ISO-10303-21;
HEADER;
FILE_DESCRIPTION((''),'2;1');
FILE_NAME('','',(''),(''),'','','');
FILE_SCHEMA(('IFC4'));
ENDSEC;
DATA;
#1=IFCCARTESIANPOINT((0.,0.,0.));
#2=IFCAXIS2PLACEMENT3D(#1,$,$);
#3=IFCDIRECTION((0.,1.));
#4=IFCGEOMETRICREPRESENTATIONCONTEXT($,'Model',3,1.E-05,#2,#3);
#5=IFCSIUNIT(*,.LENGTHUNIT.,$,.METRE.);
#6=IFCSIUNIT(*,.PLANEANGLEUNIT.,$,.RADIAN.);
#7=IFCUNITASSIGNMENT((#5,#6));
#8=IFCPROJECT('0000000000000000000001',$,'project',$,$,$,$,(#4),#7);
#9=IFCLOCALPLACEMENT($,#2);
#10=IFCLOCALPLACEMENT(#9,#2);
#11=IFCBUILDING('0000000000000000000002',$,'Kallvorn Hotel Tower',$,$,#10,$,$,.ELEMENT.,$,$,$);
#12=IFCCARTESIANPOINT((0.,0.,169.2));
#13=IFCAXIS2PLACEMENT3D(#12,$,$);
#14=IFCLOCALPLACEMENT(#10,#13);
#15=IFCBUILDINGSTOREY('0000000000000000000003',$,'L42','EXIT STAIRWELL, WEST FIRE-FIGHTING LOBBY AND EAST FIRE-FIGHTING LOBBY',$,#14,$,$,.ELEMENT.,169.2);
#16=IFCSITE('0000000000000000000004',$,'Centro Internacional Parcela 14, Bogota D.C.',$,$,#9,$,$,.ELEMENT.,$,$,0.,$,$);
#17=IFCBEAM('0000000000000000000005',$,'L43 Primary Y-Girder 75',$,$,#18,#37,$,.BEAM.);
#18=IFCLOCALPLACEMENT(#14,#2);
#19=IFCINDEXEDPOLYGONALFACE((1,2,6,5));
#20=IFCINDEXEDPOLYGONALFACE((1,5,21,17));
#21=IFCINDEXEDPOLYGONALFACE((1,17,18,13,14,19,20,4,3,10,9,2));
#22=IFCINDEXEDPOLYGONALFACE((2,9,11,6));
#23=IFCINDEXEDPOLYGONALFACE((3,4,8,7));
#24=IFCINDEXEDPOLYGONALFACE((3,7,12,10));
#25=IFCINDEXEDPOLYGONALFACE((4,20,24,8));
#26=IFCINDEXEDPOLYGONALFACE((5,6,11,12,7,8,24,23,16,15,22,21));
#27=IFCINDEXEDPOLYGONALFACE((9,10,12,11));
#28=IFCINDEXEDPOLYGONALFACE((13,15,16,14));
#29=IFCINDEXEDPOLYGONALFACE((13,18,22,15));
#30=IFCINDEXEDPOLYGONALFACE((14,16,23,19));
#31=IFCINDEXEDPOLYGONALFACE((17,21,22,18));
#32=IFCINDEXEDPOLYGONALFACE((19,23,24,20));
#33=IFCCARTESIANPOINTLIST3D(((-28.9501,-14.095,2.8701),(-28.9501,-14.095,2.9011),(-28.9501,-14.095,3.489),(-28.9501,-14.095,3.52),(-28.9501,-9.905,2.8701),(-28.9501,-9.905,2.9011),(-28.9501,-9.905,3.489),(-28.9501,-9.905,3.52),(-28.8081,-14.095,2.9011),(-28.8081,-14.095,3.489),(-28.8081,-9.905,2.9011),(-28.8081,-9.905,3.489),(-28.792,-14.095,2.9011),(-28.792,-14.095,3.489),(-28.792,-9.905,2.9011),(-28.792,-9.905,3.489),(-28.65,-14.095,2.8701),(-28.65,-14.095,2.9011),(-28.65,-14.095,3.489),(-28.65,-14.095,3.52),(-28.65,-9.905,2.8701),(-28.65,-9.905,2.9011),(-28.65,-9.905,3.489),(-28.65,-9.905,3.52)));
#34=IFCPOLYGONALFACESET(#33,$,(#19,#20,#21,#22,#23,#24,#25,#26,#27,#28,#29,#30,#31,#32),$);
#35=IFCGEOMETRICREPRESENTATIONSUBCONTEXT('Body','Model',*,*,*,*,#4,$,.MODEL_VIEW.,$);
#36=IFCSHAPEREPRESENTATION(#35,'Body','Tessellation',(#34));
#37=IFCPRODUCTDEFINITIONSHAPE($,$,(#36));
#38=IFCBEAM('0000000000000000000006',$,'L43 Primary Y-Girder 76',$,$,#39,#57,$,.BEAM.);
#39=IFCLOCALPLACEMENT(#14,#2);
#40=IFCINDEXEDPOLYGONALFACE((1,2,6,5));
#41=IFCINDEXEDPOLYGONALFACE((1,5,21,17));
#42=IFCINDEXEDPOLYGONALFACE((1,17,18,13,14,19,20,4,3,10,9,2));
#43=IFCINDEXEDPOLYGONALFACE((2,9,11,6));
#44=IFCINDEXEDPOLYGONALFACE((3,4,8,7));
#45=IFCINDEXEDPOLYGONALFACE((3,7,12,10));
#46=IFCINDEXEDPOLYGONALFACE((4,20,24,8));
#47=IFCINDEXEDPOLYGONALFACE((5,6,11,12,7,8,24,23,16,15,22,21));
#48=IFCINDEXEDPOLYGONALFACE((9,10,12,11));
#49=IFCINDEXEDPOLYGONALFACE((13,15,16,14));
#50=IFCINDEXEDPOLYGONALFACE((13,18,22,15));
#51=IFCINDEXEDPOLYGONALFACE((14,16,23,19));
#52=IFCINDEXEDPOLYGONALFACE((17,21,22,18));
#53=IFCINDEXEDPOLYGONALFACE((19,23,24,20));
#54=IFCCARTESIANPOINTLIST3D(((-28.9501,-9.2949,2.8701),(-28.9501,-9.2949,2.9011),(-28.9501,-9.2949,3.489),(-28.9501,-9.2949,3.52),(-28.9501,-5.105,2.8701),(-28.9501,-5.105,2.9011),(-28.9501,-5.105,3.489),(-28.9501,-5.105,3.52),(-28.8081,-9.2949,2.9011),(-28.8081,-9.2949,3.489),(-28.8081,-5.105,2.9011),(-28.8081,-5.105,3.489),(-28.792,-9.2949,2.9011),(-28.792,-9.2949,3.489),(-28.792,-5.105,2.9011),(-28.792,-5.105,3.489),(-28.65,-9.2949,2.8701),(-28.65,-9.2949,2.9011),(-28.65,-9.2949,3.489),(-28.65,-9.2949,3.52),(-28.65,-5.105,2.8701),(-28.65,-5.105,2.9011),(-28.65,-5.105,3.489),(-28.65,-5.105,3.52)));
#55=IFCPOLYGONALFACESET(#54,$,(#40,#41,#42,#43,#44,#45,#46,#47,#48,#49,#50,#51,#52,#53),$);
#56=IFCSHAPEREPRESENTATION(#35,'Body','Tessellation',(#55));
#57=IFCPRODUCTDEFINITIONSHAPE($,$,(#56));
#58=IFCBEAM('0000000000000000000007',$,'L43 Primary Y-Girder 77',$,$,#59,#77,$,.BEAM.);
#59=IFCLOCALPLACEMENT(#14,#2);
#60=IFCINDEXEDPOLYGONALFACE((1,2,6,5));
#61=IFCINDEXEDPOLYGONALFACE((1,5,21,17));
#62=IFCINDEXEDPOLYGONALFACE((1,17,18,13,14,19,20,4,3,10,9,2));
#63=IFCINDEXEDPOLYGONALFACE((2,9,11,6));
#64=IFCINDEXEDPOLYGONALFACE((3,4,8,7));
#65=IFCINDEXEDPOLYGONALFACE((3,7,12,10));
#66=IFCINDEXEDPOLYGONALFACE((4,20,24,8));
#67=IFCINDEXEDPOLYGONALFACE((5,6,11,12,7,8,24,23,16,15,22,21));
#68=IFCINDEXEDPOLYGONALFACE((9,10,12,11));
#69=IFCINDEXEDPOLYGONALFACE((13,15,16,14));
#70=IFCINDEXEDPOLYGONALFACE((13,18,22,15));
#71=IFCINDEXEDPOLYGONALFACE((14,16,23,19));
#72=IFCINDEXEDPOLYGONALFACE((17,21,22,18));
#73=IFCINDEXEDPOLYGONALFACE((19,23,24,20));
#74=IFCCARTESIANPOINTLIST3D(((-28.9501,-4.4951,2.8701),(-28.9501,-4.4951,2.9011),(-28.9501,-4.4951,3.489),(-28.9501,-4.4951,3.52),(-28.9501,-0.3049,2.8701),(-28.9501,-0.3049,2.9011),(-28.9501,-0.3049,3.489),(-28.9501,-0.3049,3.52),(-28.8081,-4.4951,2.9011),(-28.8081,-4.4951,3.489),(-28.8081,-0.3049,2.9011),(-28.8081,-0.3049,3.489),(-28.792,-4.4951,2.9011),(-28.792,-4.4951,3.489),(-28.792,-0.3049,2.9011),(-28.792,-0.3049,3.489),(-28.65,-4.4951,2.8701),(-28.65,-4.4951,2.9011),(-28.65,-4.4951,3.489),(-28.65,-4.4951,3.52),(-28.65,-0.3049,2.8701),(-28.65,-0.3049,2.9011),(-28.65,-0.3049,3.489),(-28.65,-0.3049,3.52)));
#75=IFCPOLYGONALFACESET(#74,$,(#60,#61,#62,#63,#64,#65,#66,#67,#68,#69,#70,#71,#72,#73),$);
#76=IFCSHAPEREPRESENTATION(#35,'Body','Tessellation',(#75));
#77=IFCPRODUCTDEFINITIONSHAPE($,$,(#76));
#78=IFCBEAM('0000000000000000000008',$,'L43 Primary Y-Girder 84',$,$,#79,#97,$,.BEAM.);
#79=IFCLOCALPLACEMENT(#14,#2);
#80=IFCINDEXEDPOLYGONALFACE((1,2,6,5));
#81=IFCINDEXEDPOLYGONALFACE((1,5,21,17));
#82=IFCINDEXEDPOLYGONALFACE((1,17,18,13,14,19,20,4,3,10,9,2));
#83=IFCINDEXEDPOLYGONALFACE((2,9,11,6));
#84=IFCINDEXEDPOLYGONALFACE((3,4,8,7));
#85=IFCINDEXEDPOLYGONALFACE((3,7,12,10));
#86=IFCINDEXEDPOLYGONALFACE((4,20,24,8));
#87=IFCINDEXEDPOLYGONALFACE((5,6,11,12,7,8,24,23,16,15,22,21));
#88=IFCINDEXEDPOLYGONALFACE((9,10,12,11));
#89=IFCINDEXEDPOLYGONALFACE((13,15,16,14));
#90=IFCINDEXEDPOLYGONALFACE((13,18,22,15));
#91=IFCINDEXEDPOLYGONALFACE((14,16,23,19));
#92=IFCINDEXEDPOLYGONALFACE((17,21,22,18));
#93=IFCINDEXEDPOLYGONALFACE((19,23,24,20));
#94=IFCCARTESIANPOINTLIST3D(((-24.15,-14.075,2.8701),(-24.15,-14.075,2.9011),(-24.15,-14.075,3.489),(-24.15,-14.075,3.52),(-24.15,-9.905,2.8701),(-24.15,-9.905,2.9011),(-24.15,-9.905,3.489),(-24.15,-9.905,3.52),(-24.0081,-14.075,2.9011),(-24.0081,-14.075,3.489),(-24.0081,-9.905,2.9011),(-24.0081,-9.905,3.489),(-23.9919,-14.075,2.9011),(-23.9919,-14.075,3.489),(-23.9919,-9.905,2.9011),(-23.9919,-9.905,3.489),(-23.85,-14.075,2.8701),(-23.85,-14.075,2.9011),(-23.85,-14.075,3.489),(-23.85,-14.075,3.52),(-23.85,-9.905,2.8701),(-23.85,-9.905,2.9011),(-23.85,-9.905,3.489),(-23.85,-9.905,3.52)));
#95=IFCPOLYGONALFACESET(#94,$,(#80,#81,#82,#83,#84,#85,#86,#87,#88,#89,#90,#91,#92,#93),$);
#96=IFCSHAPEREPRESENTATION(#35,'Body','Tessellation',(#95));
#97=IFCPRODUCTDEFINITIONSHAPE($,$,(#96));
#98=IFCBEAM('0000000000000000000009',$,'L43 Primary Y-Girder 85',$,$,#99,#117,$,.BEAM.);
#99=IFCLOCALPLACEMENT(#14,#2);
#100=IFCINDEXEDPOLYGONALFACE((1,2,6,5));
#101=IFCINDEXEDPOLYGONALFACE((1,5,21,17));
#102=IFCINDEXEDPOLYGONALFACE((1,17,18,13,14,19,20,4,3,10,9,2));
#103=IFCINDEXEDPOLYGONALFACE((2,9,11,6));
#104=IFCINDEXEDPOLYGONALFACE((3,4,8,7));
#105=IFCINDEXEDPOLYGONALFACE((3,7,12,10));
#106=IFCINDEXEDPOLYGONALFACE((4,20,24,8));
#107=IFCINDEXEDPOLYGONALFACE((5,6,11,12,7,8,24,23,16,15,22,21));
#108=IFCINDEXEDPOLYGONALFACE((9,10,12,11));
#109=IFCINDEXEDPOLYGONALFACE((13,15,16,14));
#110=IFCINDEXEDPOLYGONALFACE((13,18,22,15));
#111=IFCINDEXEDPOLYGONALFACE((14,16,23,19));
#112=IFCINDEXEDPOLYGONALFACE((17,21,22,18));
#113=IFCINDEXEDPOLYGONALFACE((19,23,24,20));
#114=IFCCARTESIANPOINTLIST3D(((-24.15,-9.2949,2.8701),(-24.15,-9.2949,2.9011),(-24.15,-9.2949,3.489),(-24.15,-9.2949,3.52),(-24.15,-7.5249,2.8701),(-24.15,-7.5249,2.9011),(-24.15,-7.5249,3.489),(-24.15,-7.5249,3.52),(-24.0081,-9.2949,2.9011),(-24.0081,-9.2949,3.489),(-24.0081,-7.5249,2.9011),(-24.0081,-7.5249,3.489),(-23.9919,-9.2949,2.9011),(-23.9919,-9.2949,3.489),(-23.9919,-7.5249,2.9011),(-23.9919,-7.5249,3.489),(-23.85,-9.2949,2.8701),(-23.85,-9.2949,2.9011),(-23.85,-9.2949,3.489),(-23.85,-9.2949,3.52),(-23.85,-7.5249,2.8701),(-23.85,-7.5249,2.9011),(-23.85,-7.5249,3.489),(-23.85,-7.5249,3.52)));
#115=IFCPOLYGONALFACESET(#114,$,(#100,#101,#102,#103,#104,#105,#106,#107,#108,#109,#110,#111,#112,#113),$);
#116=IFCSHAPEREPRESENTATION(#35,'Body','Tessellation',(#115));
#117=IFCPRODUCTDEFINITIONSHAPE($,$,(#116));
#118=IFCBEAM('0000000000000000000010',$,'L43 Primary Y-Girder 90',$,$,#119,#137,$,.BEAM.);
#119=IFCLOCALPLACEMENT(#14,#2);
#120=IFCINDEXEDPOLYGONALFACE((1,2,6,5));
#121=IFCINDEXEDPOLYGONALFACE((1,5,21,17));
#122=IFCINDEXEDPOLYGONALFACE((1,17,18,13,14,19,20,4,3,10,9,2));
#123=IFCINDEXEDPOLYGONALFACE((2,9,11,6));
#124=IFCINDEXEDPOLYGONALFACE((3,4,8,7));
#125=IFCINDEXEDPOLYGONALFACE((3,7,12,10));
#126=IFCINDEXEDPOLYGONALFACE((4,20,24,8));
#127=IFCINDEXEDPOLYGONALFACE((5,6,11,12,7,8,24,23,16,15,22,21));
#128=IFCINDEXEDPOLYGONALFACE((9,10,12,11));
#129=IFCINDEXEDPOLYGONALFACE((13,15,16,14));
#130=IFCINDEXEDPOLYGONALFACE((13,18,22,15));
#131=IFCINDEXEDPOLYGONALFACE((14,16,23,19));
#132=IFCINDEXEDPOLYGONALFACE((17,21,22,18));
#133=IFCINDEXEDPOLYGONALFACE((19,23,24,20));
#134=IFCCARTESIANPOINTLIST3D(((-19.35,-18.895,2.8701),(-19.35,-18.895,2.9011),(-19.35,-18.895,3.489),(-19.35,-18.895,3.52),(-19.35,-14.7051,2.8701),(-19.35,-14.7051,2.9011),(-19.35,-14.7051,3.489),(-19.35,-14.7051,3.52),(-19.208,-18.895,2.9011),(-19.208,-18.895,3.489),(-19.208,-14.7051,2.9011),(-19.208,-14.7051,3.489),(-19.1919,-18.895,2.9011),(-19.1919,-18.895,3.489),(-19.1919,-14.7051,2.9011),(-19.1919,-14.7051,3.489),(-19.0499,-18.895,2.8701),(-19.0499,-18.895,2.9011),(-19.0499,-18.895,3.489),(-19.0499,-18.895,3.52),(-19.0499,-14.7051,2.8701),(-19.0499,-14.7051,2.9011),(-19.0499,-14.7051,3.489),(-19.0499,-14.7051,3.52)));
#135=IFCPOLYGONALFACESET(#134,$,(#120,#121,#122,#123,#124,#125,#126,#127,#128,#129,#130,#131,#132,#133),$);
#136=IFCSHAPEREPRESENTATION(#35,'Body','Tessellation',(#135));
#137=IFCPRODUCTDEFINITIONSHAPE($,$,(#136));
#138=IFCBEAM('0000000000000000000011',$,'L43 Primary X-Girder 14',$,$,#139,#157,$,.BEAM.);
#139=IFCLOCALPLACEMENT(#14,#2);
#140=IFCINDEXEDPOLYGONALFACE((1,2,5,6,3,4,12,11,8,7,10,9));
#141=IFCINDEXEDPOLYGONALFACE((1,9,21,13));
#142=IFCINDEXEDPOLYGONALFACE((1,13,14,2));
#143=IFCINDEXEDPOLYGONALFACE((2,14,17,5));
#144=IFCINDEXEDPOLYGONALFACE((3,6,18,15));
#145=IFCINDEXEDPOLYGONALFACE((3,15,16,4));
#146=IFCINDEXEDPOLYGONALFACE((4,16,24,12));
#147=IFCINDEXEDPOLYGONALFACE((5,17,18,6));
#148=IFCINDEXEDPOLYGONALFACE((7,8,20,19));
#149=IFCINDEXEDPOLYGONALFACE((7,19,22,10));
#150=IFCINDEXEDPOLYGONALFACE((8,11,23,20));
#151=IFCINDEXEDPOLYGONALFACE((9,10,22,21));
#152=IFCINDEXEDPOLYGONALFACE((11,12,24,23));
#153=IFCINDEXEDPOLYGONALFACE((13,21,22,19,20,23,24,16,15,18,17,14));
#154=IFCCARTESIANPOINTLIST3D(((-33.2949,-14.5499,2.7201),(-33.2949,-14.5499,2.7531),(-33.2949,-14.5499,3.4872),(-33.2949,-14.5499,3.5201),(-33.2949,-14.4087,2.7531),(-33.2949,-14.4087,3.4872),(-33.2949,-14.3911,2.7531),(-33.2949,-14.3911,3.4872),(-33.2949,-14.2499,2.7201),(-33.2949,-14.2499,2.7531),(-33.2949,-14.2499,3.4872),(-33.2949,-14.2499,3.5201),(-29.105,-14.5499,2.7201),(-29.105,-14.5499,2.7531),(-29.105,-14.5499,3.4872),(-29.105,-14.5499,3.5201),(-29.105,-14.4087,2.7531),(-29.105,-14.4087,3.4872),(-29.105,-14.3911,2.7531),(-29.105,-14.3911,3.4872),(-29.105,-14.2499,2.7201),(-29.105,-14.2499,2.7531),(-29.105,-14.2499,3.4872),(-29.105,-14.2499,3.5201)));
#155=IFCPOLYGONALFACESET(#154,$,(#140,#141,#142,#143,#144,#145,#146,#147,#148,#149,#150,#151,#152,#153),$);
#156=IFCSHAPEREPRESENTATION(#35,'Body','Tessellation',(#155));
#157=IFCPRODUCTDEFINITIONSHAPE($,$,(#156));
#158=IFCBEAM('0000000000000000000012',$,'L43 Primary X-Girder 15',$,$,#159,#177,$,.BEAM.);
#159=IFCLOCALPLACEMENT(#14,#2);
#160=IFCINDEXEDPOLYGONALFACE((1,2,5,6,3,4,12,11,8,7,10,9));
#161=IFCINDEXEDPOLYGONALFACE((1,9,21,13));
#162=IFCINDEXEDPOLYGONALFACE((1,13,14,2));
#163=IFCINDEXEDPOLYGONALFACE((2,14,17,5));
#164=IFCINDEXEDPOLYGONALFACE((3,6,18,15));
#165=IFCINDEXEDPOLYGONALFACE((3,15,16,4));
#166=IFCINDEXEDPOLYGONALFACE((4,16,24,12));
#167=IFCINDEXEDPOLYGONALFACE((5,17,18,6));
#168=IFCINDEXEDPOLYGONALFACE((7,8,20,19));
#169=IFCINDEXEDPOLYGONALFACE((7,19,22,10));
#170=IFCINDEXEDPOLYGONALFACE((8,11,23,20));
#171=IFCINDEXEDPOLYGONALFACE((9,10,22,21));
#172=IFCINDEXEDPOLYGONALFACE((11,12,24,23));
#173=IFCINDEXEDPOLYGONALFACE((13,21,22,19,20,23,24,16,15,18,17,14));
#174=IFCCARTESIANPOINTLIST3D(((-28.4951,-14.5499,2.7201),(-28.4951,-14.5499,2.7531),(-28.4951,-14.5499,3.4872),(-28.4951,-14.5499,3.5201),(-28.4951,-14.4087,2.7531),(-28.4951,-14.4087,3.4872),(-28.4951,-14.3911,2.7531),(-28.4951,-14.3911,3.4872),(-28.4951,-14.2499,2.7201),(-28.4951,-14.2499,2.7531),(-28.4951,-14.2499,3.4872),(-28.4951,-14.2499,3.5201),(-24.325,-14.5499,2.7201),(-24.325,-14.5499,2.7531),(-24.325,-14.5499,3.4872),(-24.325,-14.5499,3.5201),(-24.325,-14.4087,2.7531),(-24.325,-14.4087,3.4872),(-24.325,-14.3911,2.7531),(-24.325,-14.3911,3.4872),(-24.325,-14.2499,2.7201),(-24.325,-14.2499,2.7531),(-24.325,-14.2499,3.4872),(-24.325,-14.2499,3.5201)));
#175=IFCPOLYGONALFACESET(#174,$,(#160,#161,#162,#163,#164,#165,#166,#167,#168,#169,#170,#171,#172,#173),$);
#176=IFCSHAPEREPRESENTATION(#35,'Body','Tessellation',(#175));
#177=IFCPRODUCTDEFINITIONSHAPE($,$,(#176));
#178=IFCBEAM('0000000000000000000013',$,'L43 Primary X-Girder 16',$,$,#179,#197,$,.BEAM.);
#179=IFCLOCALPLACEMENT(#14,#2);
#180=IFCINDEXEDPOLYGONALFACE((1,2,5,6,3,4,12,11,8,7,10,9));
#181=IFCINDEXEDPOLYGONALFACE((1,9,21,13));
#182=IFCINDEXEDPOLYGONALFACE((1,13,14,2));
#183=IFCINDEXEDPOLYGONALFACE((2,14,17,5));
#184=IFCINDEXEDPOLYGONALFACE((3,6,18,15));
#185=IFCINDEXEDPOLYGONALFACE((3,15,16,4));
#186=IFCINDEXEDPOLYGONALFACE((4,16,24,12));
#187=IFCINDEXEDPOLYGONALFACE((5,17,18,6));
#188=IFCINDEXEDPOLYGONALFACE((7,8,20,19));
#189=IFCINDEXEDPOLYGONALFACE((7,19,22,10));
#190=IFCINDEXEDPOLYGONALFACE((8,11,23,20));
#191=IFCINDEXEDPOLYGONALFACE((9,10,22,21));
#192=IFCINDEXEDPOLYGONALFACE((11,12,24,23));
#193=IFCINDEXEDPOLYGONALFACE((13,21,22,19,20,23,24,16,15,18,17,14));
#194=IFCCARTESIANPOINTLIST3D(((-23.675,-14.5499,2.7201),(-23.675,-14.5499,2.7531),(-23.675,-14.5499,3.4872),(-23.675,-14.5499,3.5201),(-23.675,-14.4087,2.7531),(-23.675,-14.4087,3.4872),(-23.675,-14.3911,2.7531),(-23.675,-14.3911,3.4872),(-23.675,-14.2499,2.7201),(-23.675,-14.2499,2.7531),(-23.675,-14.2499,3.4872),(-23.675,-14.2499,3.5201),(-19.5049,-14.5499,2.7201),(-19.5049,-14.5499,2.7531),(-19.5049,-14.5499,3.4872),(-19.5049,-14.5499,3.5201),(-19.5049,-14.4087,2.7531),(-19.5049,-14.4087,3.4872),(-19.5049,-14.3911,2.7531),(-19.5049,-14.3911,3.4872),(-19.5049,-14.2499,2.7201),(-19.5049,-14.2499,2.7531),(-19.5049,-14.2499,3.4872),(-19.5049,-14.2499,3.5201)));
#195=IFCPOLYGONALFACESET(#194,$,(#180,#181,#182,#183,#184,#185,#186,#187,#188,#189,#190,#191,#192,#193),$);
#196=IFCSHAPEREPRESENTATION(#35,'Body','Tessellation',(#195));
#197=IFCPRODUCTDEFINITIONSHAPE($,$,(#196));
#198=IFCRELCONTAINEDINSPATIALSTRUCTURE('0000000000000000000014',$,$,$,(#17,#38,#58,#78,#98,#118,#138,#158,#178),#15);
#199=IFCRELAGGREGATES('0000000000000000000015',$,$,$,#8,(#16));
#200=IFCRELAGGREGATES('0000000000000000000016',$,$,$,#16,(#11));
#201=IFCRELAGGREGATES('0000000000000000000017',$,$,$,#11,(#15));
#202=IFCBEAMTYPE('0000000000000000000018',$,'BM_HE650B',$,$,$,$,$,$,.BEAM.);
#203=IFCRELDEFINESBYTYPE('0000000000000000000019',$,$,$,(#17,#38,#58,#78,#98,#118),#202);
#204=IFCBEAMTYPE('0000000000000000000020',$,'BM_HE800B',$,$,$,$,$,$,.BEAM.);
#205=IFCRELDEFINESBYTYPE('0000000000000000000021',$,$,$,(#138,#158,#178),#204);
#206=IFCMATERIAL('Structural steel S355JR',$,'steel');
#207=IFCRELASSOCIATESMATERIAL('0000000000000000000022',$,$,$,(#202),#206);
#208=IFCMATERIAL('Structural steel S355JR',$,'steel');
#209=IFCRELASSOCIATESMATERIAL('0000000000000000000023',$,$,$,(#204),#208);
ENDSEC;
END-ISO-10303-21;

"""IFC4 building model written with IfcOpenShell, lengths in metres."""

from ifc_helpers import new_model, si_unit, direction, frame, origin, origin_2d, place, context, subcontext, project, spatial, i_section, extrude, material, material_profile, profile_set, type_object, element, save


model = new_model("IFC4")

# Units and contexts
model_context = context("Model", 3, precision=1e-05, world=origin(), true_north=direction((0.0, 1.0)))
body_context = subcontext(model_context, "Body", "Model", "MODEL_VIEW")
ifc_project = project(units=[si_unit("LENGTHUNIT", "METRE"), si_unit("PLANEANGLEUNIT", "RADIAN")], contexts=[model_context])

# Site, building, storey
site_placement = place(None, origin())
site = spatial("IfcSite", under=ifc_project, at=site_placement, Name="Centro Internacional Parcela 14, Bogota D.C.", CompositionType="ELEMENT", RefElevation=0.0)
building_placement = place(site_placement, origin())
building = spatial("IfcBuilding", under=site, at=building_placement, Name="Kallvorn Hotel Tower", CompositionType="ELEMENT")
storey_placement = place(building_placement, frame((0.0, 0.0, 169.2)))
storey = spatial("IfcBuildingStorey", under=building, at=storey_placement, Name="L42", Description="EXIT STAIRWELL, WEST FIRE-FIGHTING LOBBY AND EAST FIRE-FIGHTING LOBBY", CompositionType="ELEMENT", Elevation=169.2)

# Beams
ifc_material_1 = material(Name="Structural steel S355JR", Category="steel")
ifc_material_profile_1 = material_profile(ifc_material_1, i_section(OverallWidth=0.3, OverallDepth=0.6499, WebThickness=0.0161, FlangeThickness=0.031, at=origin_2d()), Name="HE 650 B")
ifc_profile_set_1 = profile_set([ifc_material_profile_1], Name="Structural steel S355JR")
beam_type_1 = type_object("IfcBeamType", Name="BM_HE650B", PredefinedType="BEAM", material=ifc_profile_set_1)
for number, where, z_axis, x_axis, name in (
    (1, (-28.8, -14.095, 3.1951), (0.0, 1.0, 0.0), (-1.0, 0.0, 0.0), "L43 Primary Y-Girder 75"),
    (2, (-28.8, -9.2949, 3.1951), (0.0, 1.0, 0.0), (-1.0, 0.0, 0.0), "L43 Primary Y-Girder 76"),
):
    element("IfcBeam", number, at=place(storey_placement, frame(where, z_axis=z_axis, x_axis=x_axis)), inside=storey, type_object=beam_type_1, Name=name, PredefinedType="BEAM", context=body_context, shape_type="SweptSolid", body=[
        extrude(i_section(OverallWidth=0.3, OverallDepth=0.6499, WebThickness=0.0161, FlangeThickness=0.031, at=origin_2d()), origin(), (0.0, 0.0, 1.0), 4.1899),
    ])
beam_1_placement = place(storey_placement, frame((-28.8, -4.4951, 3.1951), z_axis=(0.0, 1.0, 0.0), x_axis=(-1.0, 0.0, 0.0)))
element("IfcBeam", 3, at=beam_1_placement, inside=storey, type_object=beam_type_1, Name="L43 Primary Y-Girder 77", PredefinedType="BEAM", context=body_context, shape_type="SweptSolid", body=[
    extrude(i_section(OverallWidth=0.3, OverallDepth=0.6499, WebThickness=0.0161, FlangeThickness=0.031, at=origin_2d()), origin(), (0.0, 0.0, 1.0), 4.1902),
])
beam_2_placement = place(storey_placement, frame((-24.0, -14.075, 3.1951), z_axis=(0.0, 1.0, 0.0), x_axis=(-1.0, 0.0, 0.0)))
element("IfcBeam", 4, at=beam_2_placement, inside=storey, type_object=beam_type_1, Name="L43 Primary Y-Girder 84", PredefinedType="BEAM", context=body_context, shape_type="SweptSolid", body=[
    extrude(i_section(OverallWidth=0.3, OverallDepth=0.6499, WebThickness=0.0161, FlangeThickness=0.031, at=origin_2d()), origin(), (0.0, 0.0, 1.0), 4.1699),
])
beam_3_placement = place(storey_placement, frame((-24.0, -9.2949, 3.1951), z_axis=(0.0, 1.0, 0.0), x_axis=(-1.0, 0.0, 0.0)))
element("IfcBeam", 5, at=beam_3_placement, inside=storey, type_object=beam_type_1, Name="L43 Primary Y-Girder 85", PredefinedType="BEAM", context=body_context, shape_type="SweptSolid", body=[
    extrude(i_section(OverallWidth=0.3, OverallDepth=0.6499, WebThickness=0.0161, FlangeThickness=0.031, at=origin_2d()), origin(), (0.0, 0.0, 1.0), 1.77),
])
beam_4_placement = place(storey_placement, frame((-19.2, -18.895, 3.1951), z_axis=(0.0, 1.0, 0.0), x_axis=(-1.0, 0.0, 0.0)))
element("IfcBeam", 6, at=beam_4_placement, inside=storey, type_object=beam_type_1, Name="L43 Primary Y-Girder 90", PredefinedType="BEAM", context=body_context, shape_type="SweptSolid", body=[
    extrude(i_section(OverallWidth=0.3, OverallDepth=0.6499, WebThickness=0.0161, FlangeThickness=0.031, at=origin_2d()), origin(), (0.0, 0.0, 1.0), 4.1899),
])
ifc_material_2 = material(Name="Structural steel S355JR", Category="steel")
ifc_material_profile_2 = material_profile(ifc_material_2, i_section(OverallWidth=0.3, OverallDepth=0.8, WebThickness=0.0176, FlangeThickness=0.033, at=origin_2d()), Name="HE 800 B")
ifc_profile_set_2 = profile_set([ifc_material_profile_2], Name="Structural steel S355JR")
beam_type_2 = type_object("IfcBeamType", Name="BM_HE800B", PredefinedType="BEAM", material=ifc_profile_set_2)
beam_5_placement = place(storey_placement, frame((-33.2949, -14.3999, 3.1201), z_axis=(1.0, 0.0, 0.0), x_axis=(0.0, 1.0, 0.0)))
element("IfcBeam", 7, at=beam_5_placement, inside=storey, type_object=beam_type_2, Name="L43 Primary X-Girder 14", PredefinedType="BEAM", context=body_context, shape_type="SweptSolid", body=[
    extrude(i_section(OverallWidth=0.3, OverallDepth=0.8, WebThickness=0.0176, FlangeThickness=0.033, at=origin_2d()), origin(), (0.0, 0.0, 1.0), 4.1899),
])
for number, where, z_axis, x_axis, name in (
    (8, (-28.4951, -14.3999, 3.1201), (1.0, 0.0, 0.0), (0.0, 1.0, 0.0), "L43 Primary X-Girder 15"),
    (9, (-23.675, -14.3999, 3.1201), (1.0, 0.0, 0.0), (0.0, 1.0, 0.0), "L43 Primary X-Girder 16"),
):
    element("IfcBeam", number, at=place(storey_placement, frame(where, z_axis=z_axis, x_axis=x_axis)), inside=storey, type_object=beam_type_2, Name=name, PredefinedType="BEAM", context=body_context, shape_type="SweptSolid", body=[
        extrude(i_section(OverallWidth=0.3, OverallDepth=0.8, WebThickness=0.0176, FlangeThickness=0.033, at=origin_2d()), origin(), (0.0, 0.0, 1.0), 4.1702),
    ])

save(model, "model.ifc")
